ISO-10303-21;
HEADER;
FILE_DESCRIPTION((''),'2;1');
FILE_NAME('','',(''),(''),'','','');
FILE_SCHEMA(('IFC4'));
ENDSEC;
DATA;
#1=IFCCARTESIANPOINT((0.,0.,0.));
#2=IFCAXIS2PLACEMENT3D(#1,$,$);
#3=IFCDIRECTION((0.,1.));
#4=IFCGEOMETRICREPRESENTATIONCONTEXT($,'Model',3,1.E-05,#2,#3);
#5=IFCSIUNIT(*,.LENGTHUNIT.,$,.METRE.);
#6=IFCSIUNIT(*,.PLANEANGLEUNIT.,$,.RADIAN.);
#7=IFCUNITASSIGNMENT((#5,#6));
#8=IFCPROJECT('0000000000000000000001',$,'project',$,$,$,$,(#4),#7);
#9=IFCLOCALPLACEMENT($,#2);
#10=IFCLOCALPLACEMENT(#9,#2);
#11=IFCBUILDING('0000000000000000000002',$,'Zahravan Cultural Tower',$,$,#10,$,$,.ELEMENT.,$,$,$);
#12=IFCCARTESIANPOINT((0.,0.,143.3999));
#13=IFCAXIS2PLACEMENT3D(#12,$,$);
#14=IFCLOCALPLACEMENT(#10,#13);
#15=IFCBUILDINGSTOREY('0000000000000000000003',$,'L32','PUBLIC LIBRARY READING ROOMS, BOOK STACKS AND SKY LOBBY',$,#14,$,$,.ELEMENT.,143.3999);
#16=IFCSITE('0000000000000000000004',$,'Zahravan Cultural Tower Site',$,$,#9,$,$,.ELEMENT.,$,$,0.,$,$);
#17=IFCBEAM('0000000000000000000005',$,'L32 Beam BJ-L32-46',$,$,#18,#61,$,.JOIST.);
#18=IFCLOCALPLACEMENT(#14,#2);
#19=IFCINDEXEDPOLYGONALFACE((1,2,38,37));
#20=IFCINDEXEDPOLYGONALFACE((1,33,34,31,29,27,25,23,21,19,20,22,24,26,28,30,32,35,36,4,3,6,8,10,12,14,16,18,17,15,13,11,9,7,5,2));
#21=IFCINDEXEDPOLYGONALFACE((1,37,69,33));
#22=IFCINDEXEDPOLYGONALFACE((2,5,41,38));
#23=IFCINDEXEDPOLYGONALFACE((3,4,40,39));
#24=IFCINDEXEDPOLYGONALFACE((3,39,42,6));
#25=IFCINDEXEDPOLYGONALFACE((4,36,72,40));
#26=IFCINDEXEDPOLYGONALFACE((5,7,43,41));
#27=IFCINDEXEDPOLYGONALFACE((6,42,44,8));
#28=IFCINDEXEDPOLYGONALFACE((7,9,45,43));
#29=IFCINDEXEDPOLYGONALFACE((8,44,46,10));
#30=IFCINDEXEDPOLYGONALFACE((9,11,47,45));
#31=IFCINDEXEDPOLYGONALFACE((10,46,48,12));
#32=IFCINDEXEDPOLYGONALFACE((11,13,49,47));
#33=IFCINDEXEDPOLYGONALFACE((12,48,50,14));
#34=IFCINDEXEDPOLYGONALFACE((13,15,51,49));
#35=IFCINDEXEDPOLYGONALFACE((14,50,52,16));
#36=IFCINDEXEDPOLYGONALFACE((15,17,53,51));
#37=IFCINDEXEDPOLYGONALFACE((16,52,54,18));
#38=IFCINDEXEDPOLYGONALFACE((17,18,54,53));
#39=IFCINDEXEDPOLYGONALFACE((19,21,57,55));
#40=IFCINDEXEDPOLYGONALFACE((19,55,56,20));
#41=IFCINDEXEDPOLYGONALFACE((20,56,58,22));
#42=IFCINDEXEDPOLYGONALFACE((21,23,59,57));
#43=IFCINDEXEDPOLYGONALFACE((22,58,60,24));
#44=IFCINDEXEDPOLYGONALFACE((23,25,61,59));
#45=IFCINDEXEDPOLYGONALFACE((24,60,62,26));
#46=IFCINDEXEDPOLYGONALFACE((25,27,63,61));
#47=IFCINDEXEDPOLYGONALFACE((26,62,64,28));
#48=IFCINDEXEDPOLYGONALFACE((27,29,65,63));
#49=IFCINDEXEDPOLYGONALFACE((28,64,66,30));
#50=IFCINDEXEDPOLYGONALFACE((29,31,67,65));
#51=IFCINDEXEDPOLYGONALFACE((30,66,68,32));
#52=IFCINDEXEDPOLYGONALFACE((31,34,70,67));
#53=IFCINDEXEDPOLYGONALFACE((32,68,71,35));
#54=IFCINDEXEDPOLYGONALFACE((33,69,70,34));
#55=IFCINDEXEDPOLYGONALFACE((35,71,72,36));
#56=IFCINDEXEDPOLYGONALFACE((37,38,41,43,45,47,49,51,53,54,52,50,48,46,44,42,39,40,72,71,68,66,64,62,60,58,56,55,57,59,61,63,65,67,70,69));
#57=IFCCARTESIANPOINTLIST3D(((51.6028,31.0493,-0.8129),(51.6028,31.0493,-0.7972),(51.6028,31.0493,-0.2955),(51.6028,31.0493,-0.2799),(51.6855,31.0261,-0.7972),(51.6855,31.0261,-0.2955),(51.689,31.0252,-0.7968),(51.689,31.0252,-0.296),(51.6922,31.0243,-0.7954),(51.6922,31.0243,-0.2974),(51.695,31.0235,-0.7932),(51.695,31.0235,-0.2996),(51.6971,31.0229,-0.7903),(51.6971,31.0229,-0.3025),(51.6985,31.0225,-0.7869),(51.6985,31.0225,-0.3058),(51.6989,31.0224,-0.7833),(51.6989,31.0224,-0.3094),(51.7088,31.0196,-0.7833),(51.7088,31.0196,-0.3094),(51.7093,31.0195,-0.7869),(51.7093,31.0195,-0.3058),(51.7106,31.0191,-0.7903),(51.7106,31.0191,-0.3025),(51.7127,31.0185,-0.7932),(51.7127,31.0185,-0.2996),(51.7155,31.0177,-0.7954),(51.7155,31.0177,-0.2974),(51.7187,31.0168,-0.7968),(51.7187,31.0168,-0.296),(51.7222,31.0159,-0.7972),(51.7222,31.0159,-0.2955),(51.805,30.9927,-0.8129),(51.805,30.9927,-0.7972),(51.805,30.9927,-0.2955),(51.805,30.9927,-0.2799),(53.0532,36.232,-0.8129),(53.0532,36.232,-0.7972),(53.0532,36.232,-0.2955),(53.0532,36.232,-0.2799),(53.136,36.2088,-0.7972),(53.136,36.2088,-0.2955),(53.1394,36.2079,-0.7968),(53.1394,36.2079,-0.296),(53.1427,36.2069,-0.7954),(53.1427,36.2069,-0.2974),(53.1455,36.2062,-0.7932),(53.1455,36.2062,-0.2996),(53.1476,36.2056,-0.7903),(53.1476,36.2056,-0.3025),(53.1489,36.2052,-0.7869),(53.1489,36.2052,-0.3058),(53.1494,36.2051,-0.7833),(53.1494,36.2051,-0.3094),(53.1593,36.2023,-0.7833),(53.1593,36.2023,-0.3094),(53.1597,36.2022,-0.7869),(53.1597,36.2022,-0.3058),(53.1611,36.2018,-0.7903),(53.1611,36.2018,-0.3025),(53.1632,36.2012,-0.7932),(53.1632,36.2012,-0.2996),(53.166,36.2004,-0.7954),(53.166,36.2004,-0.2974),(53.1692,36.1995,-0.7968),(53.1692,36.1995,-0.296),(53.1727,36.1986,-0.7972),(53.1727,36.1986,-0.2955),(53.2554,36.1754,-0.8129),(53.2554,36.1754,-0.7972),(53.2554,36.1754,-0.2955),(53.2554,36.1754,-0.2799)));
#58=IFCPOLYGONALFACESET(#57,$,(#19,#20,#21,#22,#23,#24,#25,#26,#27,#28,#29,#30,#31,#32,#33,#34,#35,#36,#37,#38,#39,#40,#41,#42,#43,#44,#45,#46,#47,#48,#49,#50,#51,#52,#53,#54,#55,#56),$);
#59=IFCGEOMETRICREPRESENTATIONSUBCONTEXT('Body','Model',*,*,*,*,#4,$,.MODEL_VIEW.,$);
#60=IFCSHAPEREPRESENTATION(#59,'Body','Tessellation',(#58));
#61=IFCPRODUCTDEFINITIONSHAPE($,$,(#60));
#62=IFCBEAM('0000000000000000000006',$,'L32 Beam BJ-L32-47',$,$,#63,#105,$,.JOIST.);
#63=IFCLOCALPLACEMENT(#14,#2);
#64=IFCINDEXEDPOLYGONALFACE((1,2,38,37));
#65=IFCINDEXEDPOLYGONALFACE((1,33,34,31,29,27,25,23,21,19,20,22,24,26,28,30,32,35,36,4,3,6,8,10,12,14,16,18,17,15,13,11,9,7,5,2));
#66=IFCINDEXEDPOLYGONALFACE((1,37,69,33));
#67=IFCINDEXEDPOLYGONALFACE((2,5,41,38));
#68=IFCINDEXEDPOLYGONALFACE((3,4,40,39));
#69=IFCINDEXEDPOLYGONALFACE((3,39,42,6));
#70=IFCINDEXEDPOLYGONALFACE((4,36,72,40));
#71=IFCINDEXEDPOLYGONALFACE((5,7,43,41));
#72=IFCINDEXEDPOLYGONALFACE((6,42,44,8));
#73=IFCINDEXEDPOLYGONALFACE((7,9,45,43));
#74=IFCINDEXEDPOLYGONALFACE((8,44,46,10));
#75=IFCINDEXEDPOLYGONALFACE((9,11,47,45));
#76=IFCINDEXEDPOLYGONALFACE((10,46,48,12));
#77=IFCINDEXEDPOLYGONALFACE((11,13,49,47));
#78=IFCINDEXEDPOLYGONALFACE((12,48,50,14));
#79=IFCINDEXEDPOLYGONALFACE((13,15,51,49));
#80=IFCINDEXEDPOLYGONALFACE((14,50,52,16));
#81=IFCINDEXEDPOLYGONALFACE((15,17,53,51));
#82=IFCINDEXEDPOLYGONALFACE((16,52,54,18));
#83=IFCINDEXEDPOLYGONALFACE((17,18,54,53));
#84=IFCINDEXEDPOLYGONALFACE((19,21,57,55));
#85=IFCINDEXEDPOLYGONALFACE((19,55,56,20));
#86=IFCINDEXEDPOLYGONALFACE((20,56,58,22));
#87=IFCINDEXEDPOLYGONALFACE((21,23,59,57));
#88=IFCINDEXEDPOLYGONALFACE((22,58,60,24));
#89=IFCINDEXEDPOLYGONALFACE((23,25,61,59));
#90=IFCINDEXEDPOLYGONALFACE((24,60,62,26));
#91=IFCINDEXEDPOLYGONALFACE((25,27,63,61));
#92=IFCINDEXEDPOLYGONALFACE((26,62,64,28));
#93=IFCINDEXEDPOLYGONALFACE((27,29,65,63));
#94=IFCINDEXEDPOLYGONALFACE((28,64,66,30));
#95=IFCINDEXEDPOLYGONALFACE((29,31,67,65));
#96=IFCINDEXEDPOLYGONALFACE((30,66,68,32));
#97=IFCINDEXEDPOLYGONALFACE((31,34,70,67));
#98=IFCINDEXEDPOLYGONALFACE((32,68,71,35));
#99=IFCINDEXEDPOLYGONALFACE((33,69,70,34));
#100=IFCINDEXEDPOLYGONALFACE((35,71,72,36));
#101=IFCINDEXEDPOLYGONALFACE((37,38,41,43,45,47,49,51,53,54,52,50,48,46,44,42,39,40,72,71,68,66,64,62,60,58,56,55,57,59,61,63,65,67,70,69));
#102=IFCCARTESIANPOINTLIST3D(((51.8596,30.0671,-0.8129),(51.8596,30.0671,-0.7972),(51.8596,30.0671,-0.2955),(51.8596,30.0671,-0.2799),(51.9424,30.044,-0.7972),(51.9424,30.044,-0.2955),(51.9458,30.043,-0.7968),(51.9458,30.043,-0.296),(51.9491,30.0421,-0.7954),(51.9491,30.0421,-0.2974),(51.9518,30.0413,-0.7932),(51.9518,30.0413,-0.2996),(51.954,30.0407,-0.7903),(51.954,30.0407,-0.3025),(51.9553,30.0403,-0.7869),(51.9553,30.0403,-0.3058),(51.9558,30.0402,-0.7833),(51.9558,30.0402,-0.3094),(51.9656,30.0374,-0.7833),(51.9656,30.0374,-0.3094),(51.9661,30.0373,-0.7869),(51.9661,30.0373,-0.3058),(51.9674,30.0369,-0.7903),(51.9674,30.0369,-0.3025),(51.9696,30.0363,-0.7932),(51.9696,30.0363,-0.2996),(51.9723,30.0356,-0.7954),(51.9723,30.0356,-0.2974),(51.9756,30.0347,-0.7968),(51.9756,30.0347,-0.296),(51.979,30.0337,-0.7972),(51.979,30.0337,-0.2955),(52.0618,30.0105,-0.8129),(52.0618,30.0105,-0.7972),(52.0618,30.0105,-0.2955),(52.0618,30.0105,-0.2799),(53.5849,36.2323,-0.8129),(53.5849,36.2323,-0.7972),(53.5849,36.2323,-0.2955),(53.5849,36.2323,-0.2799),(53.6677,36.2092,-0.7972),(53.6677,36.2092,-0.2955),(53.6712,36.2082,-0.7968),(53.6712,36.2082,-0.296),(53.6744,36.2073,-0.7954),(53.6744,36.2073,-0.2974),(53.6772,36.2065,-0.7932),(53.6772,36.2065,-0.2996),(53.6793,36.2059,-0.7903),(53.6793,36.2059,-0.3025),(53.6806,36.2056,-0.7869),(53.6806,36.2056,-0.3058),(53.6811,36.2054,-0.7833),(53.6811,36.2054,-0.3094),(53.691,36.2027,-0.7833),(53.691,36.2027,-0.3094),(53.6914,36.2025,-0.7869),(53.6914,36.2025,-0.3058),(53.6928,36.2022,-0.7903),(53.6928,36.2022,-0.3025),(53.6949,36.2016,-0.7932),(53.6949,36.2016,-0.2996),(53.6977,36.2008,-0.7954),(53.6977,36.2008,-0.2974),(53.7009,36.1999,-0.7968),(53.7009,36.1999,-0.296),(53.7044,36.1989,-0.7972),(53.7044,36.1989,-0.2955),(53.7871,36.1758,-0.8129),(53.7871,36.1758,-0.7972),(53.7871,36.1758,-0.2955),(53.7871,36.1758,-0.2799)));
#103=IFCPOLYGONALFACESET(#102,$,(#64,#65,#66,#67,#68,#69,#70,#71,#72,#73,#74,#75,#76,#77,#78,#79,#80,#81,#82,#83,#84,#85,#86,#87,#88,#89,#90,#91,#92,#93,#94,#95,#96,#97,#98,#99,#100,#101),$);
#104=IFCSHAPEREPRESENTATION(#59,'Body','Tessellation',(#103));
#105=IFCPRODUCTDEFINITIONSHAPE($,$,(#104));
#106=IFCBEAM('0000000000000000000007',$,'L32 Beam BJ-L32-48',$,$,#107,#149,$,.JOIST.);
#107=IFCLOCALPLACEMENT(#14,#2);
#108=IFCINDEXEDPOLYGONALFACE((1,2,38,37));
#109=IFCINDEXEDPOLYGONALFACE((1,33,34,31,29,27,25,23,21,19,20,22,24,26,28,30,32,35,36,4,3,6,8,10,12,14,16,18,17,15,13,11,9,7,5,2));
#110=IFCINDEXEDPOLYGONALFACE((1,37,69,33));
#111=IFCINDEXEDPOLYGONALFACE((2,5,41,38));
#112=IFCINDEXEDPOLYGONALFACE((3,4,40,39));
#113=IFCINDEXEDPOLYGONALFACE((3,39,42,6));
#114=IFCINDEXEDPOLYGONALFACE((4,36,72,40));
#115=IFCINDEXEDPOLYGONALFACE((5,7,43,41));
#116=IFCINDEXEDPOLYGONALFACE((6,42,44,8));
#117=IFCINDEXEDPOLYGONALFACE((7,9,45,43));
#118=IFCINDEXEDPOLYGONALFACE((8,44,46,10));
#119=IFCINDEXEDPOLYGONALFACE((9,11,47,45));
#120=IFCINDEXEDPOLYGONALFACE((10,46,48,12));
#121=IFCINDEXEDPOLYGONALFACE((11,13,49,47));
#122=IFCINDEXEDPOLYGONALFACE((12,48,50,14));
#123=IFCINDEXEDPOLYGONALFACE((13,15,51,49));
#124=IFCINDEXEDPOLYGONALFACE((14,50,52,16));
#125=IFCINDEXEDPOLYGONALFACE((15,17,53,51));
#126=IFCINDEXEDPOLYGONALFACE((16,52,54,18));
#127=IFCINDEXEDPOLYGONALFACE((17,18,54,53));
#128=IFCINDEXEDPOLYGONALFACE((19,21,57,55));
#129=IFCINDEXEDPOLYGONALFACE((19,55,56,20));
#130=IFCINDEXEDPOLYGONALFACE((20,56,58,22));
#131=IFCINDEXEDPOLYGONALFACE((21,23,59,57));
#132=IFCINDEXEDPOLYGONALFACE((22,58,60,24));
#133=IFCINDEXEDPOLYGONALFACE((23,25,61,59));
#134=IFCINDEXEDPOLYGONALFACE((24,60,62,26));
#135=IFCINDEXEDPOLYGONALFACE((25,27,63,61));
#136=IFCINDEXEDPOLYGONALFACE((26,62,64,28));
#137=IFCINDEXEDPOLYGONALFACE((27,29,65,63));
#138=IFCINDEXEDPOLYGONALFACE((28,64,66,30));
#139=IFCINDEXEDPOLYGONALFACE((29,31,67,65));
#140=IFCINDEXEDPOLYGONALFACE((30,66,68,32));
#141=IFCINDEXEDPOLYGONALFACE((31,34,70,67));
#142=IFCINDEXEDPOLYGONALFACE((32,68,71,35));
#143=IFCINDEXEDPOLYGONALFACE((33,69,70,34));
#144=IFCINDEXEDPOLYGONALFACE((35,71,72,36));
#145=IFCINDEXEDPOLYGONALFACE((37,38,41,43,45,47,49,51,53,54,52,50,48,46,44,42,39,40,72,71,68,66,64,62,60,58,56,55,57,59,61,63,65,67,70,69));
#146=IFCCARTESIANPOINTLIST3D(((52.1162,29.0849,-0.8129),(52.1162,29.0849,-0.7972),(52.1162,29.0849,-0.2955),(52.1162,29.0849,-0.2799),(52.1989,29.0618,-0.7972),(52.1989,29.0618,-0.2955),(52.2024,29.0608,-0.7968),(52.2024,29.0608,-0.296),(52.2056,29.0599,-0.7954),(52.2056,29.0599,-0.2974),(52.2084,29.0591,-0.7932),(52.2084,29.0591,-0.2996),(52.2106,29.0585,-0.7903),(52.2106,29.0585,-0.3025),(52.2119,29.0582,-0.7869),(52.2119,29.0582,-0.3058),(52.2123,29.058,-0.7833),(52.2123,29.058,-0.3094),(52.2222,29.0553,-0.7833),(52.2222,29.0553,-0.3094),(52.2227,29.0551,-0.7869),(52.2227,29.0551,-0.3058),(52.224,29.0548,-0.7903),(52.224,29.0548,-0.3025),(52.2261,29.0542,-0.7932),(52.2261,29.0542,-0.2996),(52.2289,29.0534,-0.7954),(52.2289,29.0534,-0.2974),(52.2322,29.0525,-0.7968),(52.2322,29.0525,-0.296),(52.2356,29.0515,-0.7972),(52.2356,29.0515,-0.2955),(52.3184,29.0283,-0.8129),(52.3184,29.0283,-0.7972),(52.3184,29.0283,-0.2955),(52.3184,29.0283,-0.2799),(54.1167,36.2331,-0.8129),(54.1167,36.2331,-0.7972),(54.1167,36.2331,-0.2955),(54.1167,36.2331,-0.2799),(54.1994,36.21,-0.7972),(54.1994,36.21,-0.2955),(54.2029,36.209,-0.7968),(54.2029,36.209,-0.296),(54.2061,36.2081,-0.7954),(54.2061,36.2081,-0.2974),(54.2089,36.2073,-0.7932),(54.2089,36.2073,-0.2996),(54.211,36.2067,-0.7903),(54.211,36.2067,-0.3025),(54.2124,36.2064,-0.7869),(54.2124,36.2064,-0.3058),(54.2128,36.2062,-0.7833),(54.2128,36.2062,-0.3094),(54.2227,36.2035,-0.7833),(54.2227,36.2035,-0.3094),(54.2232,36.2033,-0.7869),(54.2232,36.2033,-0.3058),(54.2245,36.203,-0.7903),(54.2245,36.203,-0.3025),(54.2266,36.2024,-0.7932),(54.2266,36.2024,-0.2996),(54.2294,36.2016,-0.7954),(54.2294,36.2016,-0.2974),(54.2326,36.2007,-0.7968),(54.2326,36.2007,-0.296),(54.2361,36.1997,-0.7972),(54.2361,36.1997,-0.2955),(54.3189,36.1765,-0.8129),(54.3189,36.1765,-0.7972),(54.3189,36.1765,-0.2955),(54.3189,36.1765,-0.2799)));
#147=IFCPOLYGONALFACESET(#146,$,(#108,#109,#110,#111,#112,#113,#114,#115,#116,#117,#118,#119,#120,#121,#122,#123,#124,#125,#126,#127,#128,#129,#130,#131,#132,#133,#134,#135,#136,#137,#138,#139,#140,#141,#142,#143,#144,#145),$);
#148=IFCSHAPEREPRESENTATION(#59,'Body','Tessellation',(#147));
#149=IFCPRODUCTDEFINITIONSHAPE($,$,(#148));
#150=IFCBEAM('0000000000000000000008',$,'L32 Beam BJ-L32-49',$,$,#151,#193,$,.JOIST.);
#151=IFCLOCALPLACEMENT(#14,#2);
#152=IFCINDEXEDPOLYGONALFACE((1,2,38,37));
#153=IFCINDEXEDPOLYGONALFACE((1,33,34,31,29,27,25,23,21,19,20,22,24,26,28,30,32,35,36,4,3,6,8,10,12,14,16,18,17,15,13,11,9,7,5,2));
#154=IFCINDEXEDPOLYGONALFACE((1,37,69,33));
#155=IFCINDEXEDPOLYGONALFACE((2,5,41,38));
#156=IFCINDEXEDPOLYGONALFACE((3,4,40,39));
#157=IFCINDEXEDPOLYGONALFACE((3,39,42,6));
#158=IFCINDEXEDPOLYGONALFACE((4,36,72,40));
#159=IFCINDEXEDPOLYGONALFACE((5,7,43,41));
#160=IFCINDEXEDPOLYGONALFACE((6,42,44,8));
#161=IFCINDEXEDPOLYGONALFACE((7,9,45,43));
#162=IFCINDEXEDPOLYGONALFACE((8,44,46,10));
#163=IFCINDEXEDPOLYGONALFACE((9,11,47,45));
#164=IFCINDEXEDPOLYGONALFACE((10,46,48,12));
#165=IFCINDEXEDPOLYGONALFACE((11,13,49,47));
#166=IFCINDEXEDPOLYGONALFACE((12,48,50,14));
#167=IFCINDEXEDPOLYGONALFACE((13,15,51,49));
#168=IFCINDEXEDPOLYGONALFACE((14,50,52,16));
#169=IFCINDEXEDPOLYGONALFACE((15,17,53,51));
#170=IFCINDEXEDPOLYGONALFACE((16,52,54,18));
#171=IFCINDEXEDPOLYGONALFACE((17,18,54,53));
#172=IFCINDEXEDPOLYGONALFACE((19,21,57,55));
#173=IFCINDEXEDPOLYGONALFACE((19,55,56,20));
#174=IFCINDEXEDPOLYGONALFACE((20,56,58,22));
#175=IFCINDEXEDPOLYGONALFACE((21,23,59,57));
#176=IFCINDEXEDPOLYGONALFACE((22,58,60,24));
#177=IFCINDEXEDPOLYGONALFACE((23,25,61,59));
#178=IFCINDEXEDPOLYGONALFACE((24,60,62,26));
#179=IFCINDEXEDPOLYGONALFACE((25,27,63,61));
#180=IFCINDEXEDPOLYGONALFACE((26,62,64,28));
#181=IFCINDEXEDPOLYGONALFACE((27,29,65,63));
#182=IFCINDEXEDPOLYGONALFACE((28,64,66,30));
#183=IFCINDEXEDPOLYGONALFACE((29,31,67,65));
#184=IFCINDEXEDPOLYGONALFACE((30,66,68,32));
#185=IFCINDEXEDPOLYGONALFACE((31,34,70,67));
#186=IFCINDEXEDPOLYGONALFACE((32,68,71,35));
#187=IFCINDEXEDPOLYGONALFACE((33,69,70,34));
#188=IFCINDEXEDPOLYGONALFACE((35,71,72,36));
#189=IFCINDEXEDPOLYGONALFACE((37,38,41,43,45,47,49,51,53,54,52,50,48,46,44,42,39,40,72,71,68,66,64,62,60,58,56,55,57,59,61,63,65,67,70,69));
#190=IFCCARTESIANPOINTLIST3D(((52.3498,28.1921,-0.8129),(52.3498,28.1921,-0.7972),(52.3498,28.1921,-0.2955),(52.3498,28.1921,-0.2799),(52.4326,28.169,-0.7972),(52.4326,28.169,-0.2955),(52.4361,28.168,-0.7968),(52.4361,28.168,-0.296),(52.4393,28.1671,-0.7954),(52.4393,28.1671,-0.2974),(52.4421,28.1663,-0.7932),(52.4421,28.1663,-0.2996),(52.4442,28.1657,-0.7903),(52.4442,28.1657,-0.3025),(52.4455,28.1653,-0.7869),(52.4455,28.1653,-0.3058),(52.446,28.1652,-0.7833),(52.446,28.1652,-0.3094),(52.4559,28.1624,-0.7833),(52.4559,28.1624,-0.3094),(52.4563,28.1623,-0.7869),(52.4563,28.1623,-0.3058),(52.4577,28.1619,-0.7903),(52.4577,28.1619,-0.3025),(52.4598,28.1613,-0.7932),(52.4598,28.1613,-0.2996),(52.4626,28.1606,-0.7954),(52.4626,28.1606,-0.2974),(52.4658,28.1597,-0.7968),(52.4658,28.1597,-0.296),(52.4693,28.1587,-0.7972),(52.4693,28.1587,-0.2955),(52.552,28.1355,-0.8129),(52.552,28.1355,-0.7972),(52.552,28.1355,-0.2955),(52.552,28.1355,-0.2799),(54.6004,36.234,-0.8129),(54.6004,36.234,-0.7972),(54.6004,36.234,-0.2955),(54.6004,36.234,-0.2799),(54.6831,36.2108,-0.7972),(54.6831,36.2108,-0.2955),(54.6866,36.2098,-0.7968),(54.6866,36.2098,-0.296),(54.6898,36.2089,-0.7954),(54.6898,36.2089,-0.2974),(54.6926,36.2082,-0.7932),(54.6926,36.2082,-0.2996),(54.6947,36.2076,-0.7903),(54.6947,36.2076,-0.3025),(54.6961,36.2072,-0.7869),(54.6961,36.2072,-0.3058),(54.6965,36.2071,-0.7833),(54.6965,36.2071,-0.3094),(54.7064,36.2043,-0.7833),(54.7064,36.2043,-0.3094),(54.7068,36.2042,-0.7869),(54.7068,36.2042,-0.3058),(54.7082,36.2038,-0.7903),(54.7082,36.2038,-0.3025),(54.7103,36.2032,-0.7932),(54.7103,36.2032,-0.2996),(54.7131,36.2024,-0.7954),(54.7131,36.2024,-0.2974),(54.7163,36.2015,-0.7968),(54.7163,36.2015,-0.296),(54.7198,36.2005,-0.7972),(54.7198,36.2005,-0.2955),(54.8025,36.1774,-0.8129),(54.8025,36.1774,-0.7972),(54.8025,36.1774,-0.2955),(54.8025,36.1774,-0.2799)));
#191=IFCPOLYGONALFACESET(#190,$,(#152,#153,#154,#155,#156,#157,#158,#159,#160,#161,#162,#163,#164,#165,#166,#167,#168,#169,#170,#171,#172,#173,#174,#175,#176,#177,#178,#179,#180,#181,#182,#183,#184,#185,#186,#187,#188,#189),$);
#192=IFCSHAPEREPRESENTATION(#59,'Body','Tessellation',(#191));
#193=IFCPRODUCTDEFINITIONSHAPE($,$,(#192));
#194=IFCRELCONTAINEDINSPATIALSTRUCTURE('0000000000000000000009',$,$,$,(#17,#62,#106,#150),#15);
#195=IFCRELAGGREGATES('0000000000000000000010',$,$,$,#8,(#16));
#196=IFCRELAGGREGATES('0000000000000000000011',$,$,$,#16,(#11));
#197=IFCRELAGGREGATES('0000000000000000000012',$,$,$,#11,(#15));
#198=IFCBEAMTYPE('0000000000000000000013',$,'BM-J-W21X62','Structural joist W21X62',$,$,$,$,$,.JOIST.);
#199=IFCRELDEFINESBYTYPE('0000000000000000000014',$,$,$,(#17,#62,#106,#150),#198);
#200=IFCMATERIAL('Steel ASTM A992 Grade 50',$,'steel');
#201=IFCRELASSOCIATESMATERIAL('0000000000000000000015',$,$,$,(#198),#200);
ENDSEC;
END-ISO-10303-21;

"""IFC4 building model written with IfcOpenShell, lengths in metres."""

from ifc_helpers import new_model, si_unit, direction, frame, origin, origin_2d, place, context, subcontext, project, spatial, i_section, extrude, source, transform, mapped, material, material_profile, profile_set, type_object, element, save


model = new_model("IFC4")

# Units and contexts
model_context = context("Model", 3, precision=1e-05, world=origin(), true_north=direction((0.0, 1.0)))
body_context = subcontext(model_context, "Body", "Model", "MODEL_VIEW")
ifc_project = project(units=[si_unit("LENGTHUNIT", "METRE"), si_unit("PLANEANGLEUNIT", "RADIAN")], contexts=[model_context])

# Site, building, storey
site_placement = place(None, origin())
site = spatial("IfcSite", under=ifc_project, at=site_placement, Name="Zahravan Cultural Tower Site", CompositionType="ELEMENT", RefElevation=0.0)
building_placement = place(site_placement, origin())
building = spatial("IfcBuilding", under=site, at=building_placement, Name="Zahravan Cultural Tower", CompositionType="ELEMENT")
storey_placement = place(building_placement, frame((0.0, 0.0, 143.3999)))
storey = spatial("IfcBuildingStorey", under=building, at=storey_placement, Name="L32", Description="PUBLIC LIBRARY READING ROOMS, BOOK STACKS AND SKY LOBBY", CompositionType="ELEMENT", Elevation=143.3999)

# Shared definitions
ifc_material_1 = material(Name="Steel ASTM A992 Grade 50", Category="steel")

# Beams
ifc_material_profile_1 = material_profile(ifc_material_1, i_section(OverallWidth=0.21, OverallDepth=0.533, WebThickness=0.0103, FlangeThickness=0.0156, FilletRadius=0.0139, at=origin_2d()), Name="W21X62")
ifc_profile_set_1 = profile_set([ifc_material_profile_1], Name="Steel ASTM A992 Grade 50")
beam_type_1 = type_object("IfcBeamType", Name="BM-J-W21X62", Description="Structural joist W21X62", PredefinedType="JOIST", material=ifc_profile_set_1)
shared_shape_1 = source(origin(), body_context, "Body", "SweptSolid", [
    extrude(i_section(OverallWidth=0.21, OverallDepth=0.533, WebThickness=0.0103, FlangeThickness=0.0156, FilletRadius=0.0139, at=origin_2d()), origin(), (0.0, 0.0, 1.0), 5.3818),
])
beam_1_placement = place(storey_placement, frame((51.7039, 31.021, -0.5464), z_axis=(0.26951, 0.962997, 0.0), x_axis=(-0.962997, 0.26951, 0.0)))
element("IfcBeam", 1, at=beam_1_placement, inside=storey, type_object=beam_type_1, Name="L32 Beam BJ-L32-46", PredefinedType="JOIST", context=body_context, shape_type="MappedRepresentation", body=[
    mapped(shared_shape_1, transform((0.0, 0.0, 0.0), x_axis=(1.0, 0.0, 0.0), y_axis=(0.0, 1.0, 0.0), z_axis=(0.0, 0.0, 1.0), scale=1.0)),
])
shared_shape_2 = source(origin(), body_context, "Body", "SweptSolid", [
    extrude(i_section(OverallWidth=0.21, OverallDepth=0.533, WebThickness=0.0103, FlangeThickness=0.0156, FilletRadius=0.0139, at=origin_2d()), origin(), (0.0, 0.0, 1.0), 6.4021),
])
beam_2_placement = place(storey_placement, frame((51.9607, 30.0388, -0.5464), z_axis=(0.269494, 0.963002, 0.0), x_axis=(-0.963002, 0.269494, 0.0)))
element("IfcBeam", 2, at=beam_2_placement, inside=storey, type_object=beam_type_1, Name="L32 Beam BJ-L32-47", PredefinedType="JOIST", context=body_context, shape_type="MappedRepresentation", body=[
    mapped(shared_shape_2, transform((0.0, 0.0, 0.0), x_axis=(1.0, 0.0, 0.0), y_axis=(0.0, 1.0, 0.0), z_axis=(0.0, 0.0, 1.0), scale=1.0)),
])
shared_shape_3 = source(origin(), body_context, "Body", "SweptSolid", [
    extrude(i_section(OverallWidth=0.21, OverallDepth=0.533, WebThickness=0.0103, FlangeThickness=0.0156, FilletRadius=0.0139, at=origin_2d()), origin(), (0.0, 0.0, 1.0), 7.4229),
])
beam_3_placement = place(storey_placement, frame((52.2173, 29.0566, -0.5464), z_axis=(0.269504, 0.962999, 0.0), x_axis=(-0.962999, 0.269504, 0.0)))
element("IfcBeam", 3, at=beam_3_placement, inside=storey, type_object=beam_type_1, Name="L32 Beam BJ-L32-48", PredefinedType="JOIST", context=body_context, shape_type="MappedRepresentation", body=[
    mapped(shared_shape_3, transform((0.0, 0.0, 0.0), x_axis=(1.0, 0.0, 0.0), y_axis=(0.0, 1.0, 0.0), z_axis=(0.0, 0.0, 1.0), scale=1.0)),
])
shared_shape_4 = source(origin(), body_context, "Body", "SweptSolid", [
    extrude(i_section(OverallWidth=0.21, OverallDepth=0.533, WebThickness=0.0103, FlangeThickness=0.0156, FilletRadius=0.0139, at=origin_2d()), origin(), (0.0, 0.0, 1.0), 8.3508),
])
beam_4_placement = place(storey_placement, frame((52.4509, 28.1638, -0.5464), z_axis=(0.269497, 0.963001, 0.0), x_axis=(-0.963001, 0.269497, 0.0)))
element("IfcBeam", 4, at=beam_4_placement, inside=storey, type_object=beam_type_1, Name="L32 Beam BJ-L32-49", PredefinedType="JOIST", context=body_context, shape_type="MappedRepresentation", body=[
    mapped(shared_shape_4, transform((0.0, 0.0, 0.0), x_axis=(1.0, 0.0, 0.0), y_axis=(0.0, 1.0, 0.0), z_axis=(0.0, 0.0, 1.0), scale=1.0)),
])

save(model, "model.ifc")
